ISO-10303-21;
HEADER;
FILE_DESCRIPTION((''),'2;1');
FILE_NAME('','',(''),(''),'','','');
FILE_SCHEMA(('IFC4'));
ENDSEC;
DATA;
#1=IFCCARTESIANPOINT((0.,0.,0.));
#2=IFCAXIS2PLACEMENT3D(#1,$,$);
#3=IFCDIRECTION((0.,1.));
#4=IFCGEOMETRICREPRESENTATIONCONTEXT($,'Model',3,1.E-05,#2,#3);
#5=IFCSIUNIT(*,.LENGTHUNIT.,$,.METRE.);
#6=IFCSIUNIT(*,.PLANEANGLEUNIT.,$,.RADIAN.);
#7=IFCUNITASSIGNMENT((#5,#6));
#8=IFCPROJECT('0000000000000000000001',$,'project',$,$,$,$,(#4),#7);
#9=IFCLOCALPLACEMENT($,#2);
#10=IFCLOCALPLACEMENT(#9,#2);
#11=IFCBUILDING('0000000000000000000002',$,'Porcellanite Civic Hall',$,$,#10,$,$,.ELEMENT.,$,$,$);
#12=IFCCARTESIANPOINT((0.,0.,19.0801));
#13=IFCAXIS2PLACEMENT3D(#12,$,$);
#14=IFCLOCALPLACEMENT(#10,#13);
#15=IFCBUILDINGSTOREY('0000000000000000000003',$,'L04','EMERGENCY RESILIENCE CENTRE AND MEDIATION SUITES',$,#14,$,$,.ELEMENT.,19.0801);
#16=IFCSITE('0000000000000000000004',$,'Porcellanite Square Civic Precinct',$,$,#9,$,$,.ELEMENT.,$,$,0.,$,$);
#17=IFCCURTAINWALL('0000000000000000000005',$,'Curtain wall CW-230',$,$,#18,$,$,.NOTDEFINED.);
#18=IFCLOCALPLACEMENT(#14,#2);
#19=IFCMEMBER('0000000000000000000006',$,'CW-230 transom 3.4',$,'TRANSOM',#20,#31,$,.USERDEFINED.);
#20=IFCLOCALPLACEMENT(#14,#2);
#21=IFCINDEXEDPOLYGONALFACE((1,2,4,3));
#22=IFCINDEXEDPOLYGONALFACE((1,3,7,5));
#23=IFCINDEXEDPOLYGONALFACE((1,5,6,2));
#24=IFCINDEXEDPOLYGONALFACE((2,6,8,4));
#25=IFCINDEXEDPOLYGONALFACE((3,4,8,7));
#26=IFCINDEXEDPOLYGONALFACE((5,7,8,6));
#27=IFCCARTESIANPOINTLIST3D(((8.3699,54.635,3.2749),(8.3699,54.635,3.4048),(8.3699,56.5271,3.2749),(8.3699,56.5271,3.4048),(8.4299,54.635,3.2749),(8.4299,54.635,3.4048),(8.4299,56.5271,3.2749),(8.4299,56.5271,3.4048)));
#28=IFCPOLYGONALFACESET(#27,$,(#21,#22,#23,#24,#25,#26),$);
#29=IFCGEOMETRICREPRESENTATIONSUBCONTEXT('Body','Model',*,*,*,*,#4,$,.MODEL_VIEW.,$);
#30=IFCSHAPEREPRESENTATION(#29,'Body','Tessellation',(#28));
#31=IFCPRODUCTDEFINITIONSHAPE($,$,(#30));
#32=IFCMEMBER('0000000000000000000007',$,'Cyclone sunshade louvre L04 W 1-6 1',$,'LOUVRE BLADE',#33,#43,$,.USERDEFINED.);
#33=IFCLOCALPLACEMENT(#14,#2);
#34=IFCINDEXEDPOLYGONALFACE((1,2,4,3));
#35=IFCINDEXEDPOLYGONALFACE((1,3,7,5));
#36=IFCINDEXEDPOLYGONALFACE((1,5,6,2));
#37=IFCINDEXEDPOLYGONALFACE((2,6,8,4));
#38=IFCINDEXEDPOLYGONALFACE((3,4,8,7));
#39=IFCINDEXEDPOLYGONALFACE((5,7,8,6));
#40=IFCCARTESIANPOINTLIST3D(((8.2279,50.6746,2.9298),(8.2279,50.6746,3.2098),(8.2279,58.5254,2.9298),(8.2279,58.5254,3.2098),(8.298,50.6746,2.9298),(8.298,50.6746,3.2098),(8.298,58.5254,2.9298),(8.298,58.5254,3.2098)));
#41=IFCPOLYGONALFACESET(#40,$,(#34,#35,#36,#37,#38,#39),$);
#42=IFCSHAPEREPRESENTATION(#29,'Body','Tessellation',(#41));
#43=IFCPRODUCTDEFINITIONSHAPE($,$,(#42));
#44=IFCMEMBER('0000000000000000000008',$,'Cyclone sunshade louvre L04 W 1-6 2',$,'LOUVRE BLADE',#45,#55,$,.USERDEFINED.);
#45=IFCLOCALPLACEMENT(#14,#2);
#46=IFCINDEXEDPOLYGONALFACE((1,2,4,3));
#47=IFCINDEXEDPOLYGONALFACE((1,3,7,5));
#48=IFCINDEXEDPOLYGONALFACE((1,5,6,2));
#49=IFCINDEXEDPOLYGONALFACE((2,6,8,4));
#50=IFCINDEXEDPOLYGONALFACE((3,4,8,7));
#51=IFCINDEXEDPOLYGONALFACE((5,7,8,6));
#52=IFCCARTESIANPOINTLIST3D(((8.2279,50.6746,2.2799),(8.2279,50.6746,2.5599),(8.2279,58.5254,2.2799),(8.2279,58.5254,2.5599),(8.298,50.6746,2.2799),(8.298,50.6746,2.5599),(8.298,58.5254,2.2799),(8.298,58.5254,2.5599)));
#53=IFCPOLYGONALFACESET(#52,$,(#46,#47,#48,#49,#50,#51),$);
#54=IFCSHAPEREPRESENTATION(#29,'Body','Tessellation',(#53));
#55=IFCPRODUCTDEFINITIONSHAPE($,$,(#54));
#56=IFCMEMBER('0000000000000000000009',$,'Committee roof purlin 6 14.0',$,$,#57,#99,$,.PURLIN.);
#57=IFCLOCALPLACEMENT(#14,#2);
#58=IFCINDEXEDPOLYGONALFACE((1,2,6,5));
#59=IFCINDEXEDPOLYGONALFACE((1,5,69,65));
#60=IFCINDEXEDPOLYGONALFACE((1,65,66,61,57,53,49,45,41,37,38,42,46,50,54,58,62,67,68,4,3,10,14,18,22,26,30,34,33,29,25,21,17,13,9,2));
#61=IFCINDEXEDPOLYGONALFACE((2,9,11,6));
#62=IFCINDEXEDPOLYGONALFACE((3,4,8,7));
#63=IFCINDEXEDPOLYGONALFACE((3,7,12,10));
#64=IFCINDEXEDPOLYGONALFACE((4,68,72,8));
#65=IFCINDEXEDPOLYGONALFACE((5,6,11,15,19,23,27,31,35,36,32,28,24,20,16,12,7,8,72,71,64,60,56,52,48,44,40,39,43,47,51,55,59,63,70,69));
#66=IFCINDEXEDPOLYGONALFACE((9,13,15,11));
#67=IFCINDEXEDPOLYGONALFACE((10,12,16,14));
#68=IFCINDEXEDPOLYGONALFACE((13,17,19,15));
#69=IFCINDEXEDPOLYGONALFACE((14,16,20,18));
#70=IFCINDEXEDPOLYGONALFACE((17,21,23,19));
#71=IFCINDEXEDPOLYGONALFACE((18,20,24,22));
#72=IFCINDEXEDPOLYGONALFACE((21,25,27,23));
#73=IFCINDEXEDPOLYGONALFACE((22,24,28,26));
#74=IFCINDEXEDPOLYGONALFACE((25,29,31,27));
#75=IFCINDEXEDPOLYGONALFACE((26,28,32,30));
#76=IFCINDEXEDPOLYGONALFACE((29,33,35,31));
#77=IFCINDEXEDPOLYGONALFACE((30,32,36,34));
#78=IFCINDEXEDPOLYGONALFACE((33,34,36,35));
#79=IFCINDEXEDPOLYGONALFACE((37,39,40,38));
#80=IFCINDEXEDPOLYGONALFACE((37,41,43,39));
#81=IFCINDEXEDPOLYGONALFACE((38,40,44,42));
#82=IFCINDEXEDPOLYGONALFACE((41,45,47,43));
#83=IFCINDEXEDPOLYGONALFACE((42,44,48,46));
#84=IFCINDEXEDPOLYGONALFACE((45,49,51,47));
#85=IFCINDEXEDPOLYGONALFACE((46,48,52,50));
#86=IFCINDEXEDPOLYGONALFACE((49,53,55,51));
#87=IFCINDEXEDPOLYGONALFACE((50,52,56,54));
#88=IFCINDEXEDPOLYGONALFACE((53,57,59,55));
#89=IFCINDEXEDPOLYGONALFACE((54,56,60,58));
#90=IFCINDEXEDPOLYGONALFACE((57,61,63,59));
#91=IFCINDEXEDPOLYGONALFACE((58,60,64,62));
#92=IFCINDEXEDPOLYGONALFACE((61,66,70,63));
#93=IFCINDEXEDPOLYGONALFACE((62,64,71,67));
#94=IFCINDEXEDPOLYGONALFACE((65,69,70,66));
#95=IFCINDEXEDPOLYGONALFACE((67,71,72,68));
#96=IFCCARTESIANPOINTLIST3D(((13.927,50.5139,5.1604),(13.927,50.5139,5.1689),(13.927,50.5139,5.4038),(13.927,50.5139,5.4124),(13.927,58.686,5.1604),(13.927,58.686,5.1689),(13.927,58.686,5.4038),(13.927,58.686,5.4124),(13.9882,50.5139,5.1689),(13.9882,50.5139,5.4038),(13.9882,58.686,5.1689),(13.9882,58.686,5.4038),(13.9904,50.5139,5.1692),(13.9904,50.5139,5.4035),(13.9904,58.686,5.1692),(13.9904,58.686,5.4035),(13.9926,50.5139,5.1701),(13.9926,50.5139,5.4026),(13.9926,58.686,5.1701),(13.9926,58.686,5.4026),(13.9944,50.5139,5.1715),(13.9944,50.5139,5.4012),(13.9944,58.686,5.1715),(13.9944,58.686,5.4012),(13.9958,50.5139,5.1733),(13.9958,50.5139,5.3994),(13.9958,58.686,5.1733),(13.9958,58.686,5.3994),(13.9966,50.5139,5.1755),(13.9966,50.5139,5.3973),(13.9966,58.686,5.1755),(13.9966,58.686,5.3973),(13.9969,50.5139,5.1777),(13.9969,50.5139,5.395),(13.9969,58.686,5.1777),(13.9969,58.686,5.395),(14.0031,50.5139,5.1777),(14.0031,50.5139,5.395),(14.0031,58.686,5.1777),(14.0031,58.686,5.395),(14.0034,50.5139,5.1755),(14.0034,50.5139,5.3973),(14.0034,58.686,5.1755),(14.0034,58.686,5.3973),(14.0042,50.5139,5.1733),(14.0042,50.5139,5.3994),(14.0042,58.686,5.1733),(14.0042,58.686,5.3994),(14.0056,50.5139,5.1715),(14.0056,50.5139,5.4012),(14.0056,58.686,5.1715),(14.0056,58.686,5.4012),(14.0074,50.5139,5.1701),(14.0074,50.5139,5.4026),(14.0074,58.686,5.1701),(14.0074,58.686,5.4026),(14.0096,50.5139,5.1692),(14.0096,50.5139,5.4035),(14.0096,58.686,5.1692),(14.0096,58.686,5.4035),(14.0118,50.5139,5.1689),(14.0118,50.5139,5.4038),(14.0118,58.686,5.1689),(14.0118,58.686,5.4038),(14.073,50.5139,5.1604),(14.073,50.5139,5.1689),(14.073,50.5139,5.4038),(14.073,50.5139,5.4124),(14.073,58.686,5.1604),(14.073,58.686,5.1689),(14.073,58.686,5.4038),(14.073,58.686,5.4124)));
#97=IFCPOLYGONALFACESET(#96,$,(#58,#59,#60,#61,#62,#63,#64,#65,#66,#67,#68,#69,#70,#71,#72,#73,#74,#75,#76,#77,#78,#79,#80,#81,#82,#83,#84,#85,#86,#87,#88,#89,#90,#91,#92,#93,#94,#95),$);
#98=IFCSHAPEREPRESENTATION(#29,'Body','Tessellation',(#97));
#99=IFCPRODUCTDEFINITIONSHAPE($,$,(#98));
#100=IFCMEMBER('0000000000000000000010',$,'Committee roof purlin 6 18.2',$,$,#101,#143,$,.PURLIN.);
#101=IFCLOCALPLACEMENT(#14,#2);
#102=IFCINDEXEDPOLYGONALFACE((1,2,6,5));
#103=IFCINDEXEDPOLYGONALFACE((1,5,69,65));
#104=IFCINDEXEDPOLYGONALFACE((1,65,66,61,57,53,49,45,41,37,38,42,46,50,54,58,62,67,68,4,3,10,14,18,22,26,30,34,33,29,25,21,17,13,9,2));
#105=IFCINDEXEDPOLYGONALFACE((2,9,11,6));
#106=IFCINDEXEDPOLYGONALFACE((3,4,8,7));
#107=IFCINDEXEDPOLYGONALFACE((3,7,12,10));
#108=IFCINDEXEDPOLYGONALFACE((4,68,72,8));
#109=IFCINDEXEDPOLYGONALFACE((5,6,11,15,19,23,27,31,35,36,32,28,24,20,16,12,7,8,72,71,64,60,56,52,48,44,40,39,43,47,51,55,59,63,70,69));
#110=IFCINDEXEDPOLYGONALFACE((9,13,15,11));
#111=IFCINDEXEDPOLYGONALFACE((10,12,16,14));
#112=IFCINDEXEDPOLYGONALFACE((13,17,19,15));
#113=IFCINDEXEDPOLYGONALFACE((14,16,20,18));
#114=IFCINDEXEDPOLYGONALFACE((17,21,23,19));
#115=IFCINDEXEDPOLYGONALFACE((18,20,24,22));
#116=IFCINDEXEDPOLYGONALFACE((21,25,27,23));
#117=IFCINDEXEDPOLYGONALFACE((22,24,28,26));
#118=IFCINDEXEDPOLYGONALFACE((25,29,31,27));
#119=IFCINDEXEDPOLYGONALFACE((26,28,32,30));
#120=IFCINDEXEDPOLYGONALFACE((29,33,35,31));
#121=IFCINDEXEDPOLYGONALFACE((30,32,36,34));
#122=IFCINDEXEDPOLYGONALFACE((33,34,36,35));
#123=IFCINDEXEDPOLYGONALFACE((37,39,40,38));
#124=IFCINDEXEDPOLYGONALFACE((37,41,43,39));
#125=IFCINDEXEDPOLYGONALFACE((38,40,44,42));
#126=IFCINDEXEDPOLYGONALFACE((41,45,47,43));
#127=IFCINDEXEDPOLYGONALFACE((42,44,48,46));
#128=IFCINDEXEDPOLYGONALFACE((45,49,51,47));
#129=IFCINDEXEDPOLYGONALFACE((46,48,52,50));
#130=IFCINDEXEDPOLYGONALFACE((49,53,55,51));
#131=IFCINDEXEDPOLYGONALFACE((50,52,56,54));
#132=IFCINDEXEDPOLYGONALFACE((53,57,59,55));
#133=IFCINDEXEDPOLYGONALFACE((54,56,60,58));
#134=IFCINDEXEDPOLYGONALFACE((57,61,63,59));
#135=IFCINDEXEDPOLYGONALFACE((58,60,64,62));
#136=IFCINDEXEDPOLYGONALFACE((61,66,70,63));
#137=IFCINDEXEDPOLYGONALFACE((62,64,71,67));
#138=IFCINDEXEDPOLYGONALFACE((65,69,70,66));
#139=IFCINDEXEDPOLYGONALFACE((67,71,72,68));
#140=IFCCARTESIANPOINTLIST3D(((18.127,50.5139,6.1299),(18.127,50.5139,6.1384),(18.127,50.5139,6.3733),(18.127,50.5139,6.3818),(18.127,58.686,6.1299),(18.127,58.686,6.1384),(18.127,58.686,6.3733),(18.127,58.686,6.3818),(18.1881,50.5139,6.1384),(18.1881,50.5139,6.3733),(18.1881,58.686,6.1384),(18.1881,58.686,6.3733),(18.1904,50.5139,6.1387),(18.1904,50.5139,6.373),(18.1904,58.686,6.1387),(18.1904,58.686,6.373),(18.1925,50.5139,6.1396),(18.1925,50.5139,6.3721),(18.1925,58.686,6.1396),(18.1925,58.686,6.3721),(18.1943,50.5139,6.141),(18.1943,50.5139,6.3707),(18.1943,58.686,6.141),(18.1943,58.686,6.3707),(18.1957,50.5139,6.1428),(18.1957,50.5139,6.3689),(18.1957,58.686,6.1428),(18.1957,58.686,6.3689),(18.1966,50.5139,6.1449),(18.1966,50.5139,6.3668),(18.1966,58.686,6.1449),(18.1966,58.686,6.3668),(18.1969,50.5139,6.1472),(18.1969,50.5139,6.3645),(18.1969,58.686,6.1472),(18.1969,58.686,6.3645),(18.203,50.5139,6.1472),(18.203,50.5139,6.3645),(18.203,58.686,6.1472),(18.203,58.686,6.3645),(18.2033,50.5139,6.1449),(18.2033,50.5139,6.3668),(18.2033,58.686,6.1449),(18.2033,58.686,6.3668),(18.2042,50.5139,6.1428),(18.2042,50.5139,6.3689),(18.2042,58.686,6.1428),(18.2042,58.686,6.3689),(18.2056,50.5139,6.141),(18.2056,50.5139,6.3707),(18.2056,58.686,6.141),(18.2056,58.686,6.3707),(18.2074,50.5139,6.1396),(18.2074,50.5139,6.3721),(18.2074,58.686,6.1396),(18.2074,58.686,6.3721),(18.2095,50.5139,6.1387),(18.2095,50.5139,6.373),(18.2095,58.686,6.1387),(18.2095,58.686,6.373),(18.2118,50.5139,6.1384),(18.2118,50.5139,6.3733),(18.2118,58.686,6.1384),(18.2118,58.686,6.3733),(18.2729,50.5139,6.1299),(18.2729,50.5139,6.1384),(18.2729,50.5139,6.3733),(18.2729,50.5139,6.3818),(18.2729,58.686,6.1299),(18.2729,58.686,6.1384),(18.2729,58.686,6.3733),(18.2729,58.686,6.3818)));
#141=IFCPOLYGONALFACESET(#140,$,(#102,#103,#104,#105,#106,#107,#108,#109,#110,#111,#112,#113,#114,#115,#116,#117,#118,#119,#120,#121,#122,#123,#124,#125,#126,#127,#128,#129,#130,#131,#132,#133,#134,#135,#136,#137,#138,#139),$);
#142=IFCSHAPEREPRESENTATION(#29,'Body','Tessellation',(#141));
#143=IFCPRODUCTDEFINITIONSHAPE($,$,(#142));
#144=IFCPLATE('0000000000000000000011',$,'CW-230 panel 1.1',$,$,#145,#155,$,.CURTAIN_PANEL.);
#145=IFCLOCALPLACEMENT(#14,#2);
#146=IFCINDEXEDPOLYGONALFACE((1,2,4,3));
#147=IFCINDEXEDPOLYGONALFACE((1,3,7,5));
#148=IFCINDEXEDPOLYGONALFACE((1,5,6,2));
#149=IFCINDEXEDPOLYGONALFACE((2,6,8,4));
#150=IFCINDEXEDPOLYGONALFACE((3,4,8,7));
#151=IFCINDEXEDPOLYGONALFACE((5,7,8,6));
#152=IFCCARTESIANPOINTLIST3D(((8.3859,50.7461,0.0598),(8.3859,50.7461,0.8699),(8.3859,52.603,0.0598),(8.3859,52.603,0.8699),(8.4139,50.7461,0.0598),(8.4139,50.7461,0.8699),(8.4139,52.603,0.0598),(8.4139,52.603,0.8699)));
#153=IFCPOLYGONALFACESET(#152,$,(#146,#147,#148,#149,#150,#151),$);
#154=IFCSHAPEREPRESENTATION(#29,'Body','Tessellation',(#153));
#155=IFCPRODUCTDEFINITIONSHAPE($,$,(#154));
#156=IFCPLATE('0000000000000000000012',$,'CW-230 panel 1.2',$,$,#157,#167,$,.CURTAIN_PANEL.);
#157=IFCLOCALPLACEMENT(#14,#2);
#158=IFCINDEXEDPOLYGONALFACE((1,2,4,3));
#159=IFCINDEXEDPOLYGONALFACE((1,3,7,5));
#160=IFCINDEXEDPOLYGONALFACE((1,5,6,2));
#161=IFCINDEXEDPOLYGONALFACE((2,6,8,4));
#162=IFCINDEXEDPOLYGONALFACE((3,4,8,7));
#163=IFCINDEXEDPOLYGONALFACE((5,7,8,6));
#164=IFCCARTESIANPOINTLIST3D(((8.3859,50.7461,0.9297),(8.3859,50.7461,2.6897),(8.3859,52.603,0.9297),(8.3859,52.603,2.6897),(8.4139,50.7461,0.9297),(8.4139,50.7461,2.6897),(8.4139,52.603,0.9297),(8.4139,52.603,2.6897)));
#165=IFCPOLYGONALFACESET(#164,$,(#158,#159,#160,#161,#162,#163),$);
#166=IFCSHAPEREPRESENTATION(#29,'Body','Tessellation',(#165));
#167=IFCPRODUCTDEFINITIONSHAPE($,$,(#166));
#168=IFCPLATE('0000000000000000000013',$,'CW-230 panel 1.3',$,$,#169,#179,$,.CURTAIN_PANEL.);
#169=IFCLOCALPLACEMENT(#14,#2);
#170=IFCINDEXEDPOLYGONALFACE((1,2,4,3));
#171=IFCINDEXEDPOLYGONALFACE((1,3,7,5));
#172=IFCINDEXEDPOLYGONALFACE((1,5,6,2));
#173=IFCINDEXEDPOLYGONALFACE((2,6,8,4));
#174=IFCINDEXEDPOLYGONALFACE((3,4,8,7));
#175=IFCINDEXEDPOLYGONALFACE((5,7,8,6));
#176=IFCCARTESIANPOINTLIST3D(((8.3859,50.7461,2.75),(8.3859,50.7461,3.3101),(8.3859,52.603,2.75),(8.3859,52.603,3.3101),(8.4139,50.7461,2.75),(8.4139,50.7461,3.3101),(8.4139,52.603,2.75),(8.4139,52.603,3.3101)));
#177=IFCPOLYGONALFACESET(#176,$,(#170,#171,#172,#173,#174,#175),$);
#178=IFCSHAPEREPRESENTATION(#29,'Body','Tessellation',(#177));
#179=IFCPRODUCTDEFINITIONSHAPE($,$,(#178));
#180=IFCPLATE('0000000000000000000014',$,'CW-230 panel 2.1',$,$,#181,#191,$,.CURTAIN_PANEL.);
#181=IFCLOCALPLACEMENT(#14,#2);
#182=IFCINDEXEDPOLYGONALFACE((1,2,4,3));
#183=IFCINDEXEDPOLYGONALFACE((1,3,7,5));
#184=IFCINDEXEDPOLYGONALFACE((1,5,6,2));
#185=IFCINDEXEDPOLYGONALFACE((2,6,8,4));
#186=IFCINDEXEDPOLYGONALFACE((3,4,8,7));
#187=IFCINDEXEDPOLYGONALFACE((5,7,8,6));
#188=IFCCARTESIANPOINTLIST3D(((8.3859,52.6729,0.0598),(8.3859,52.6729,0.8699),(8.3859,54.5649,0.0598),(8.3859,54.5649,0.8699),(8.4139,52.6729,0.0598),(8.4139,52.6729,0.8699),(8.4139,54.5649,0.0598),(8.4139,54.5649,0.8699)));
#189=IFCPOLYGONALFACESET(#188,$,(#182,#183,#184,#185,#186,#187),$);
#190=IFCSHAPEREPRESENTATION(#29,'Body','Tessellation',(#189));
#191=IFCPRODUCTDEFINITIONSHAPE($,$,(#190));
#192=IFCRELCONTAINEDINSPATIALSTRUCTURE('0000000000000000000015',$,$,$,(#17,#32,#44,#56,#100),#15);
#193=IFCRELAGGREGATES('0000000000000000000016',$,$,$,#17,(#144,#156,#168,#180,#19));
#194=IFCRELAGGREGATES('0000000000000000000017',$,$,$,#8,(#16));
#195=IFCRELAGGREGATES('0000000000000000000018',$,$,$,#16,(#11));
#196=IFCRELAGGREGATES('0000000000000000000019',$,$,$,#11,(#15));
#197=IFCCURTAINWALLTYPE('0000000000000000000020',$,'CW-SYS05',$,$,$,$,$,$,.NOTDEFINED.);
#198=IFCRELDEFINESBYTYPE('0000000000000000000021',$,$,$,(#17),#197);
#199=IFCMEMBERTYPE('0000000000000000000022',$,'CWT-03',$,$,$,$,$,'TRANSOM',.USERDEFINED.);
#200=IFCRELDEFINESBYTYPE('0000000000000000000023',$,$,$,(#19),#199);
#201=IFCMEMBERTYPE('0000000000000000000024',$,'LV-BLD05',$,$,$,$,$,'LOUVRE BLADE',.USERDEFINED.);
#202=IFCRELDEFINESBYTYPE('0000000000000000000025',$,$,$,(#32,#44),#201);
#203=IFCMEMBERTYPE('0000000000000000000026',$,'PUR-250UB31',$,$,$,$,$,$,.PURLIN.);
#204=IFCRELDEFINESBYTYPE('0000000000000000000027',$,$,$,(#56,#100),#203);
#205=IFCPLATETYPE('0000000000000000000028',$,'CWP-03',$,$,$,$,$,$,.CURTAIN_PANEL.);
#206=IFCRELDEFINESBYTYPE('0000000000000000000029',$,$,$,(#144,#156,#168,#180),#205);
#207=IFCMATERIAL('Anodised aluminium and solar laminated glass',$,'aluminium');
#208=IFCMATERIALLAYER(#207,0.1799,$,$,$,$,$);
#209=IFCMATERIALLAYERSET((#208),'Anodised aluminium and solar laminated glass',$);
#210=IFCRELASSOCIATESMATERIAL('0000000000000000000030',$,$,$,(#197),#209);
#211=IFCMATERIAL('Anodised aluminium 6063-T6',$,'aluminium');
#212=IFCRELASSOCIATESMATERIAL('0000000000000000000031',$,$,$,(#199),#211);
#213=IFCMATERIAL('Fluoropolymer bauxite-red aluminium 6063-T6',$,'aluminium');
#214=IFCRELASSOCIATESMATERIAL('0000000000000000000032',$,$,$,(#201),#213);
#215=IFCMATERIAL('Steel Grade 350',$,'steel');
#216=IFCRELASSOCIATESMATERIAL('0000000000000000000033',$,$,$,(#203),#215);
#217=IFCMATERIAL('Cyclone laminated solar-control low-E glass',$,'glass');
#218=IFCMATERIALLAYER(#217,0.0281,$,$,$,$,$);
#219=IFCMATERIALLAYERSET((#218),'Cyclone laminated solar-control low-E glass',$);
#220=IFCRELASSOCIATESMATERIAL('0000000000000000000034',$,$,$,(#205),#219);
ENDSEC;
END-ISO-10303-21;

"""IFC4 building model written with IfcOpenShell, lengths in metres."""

from ifc_helpers import new_model, si_unit, direction, frame, origin, origin_2d, place, context, subcontext, project, spatial, rectangle, i_section, extrude, material, layer, layer_set, material_profile, profile_set, type_object, element, aggregate, save


model = new_model("IFC4")

# Units and contexts
model_context = context("Model", 3, precision=1e-05, world=origin(), true_north=direction((0.0, 1.0)))
body_context = subcontext(model_context, "Body", "Model", "MODEL_VIEW")
ifc_project = project(units=[si_unit("LENGTHUNIT", "METRE"), si_unit("PLANEANGLEUNIT", "RADIAN")], contexts=[model_context])

# Site, building, storey
site_placement = place(None, origin())
site = spatial("IfcSite", under=ifc_project, at=site_placement, Name="Porcellanite Square Civic Precinct", CompositionType="ELEMENT", RefElevation=0.0)
building_placement = place(site_placement, origin())
building = spatial("IfcBuilding", under=site, at=building_placement, Name="Porcellanite Civic Hall", CompositionType="ELEMENT")
storey_placement = place(building_placement, frame((0.0, 0.0, 19.0801)))
storey = spatial("IfcBuildingStorey", under=building, at=storey_placement, Name="L04", Description="EMERGENCY RESILIENCE CENTRE AND MEDIATION SUITES", CompositionType="ELEMENT", Elevation=19.0801)

# Curtain wall, member
ifc_material_1 = material(Name="Anodised aluminium and solar laminated glass", Category="aluminium")
ifc_layer_1 = layer(ifc_material_1, 0.1799)
ifc_layer_set_1 = layer_set([ifc_layer_1], Name="Anodised aluminium and solar laminated glass")
curtain_wall_type = type_object("IfcCurtainWallType", Name="CW-SYS05", PredefinedType="NOTDEFINED", material=ifc_layer_set_1)
curtain_wall_placement = place(storey_placement, origin())
curtain_wall = element("IfcCurtainWall", 1, at=curtain_wall_placement, inside=storey, type_object=curtain_wall_type, Name="Curtain wall CW-230", PredefinedType="NOTDEFINED")
ifc_material_2 = material(Name="Anodised aluminium 6063-T6", Category="aluminium")
ifc_material_profile_1 = material_profile(ifc_material_2, rectangle(XDim=0.0601, YDim=0.1299, at=origin_2d()), Name="AL-60x130")
ifc_profile_set_1 = profile_set([ifc_material_profile_1], Name="Anodised aluminium 6063-T6")
member_type_1 = type_object("IfcMemberType", Name="CWT-03", ElementType="TRANSOM", PredefinedType="USERDEFINED", material=ifc_profile_set_1)
member_1_placement = place(storey_placement, frame((8.3999, 54.635, 3.3398), z_axis=(0.0, 1.0, 0.0), x_axis=(-1.0, 0.0, 0.0)))
member_1 = element("IfcMember", 2, at=member_1_placement, type_object=member_type_1, Name="CW-230 transom 3.4", ObjectType="TRANSOM", PredefinedType="USERDEFINED", context=body_context, shape_type="SweptSolid", body=[
    extrude(rectangle(XDim=0.0601, YDim=0.1299, at=origin_2d()), origin(), (0.0, 0.0, 1.0), 1.8921),
])

# Members
ifc_material_3 = material(Name="Fluoropolymer bauxite-red aluminium 6063-T6", Category="aluminium")
ifc_material_profile_2 = material_profile(ifc_material_3, rectangle(XDim=0.0701, YDim=0.28, at=origin_2d()), Name="AL-70x280")
ifc_profile_set_2 = profile_set([ifc_material_profile_2], Name="Fluoropolymer bauxite-red aluminium 6063-T6")
member_type_2 = type_object("IfcMemberType", Name="LV-BLD05", ElementType="LOUVRE BLADE", PredefinedType="USERDEFINED", material=ifc_profile_set_2)
for number, where, z_axis, x_axis, name in (
    (3, (8.2629, 50.6746, 3.0698), (0.0, 1.0, 0.0), (-1.0, 0.0, 0.0), "Cyclone sunshade louvre L04 W 1-6 1"),
    (4, (8.2629, 50.6746, 2.4199), (0.0, 1.0, 0.0), (-1.0, 0.0, 0.0), "Cyclone sunshade louvre L04 W 1-6 2"),
):
    element("IfcMember", number, at=place(storey_placement, frame(where, z_axis=z_axis, x_axis=x_axis)), inside=storey, type_object=member_type_2, Name=name, ObjectType="LOUVRE BLADE", PredefinedType="USERDEFINED", context=body_context, shape_type="SweptSolid", body=[
        extrude(rectangle(XDim=0.0701, YDim=0.28, at=origin_2d()), origin(), (0.0, 0.0, 1.0), 7.8508),
    ])
ifc_material_4 = material(Name="Steel Grade 350", Category="steel")
ifc_material_profile_3 = material_profile(ifc_material_4, i_section(OverallWidth=0.146, OverallDepth=0.252, WebThickness=0.0061, FlangeThickness=0.0085, FilletRadius=0.0088, at=origin_2d()), Name="250UB31.4")
ifc_profile_set_3 = profile_set([ifc_material_profile_3], Name="Steel Grade 350")
member_type_3 = type_object("IfcMemberType", Name="PUR-250UB31", PredefinedType="PURLIN", material=ifc_profile_set_3)
for number, where, z_axis, x_axis, name in (
    (5, (14.0, 50.5139, 5.2864), (0.0, 1.0, 0.0), (-1.0, 0.0, 0.0), "Committee roof purlin 6 14.0"),
    (6, (18.2, 50.5139, 6.2559), (0.0, 1.0, 0.0), (-1.0, 0.0, 0.0), "Committee roof purlin 6 18.2"),
):
    element("IfcMember", number, at=place(storey_placement, frame(where, z_axis=z_axis, x_axis=x_axis)), inside=storey, type_object=member_type_3, Name=name, PredefinedType="PURLIN", context=body_context, shape_type="SweptSolid", body=[
        extrude(i_section(OverallWidth=0.146, OverallDepth=0.252, WebThickness=0.0061, FlangeThickness=0.0085, FilletRadius=0.0088, at=origin_2d()), origin(), (0.0, 0.0, 1.0), 8.1721),
    ])

# Plates
ifc_material_5 = material(Name="Cyclone laminated solar-control low-E glass", Category="glass")
ifc_layer_2 = layer(ifc_material_5, 0.0281)
ifc_layer_set_2 = layer_set([ifc_layer_2], Name="Cyclone laminated solar-control low-E glass")
plate_type = type_object("IfcPlateType", Name="CWP-03", PredefinedType="CURTAIN_PANEL", material=ifc_layer_set_2)
plate_1_placement = place(storey_placement, frame((8.3999, 51.6746, 0.0598), z_axis=(0.0, 0.0, 1.0), x_axis=(0.0, 1.0, 0.0)))
plate_1 = element("IfcPlate", 7, at=plate_1_placement, type_object=plate_type, Name="CW-230 panel 1.1", PredefinedType="CURTAIN_PANEL", context=body_context, shape_type="SweptSolid", body=[
    extrude(rectangle(XDim=1.8569, YDim=0.0281, at=origin_2d()), origin(), (0.0, 0.0, 1.0), 0.8101),
])
plate_2_placement = place(storey_placement, frame((8.3999, 51.6746, 0.9297), z_axis=(0.0, 0.0, 1.0), x_axis=(0.0, 1.0, 0.0)))
plate_2 = element("IfcPlate", 8, at=plate_2_placement, type_object=plate_type, Name="CW-230 panel 1.2", PredefinedType="CURTAIN_PANEL", context=body_context, shape_type="SweptSolid", body=[
    extrude(rectangle(XDim=1.8569, YDim=0.0281, at=origin_2d()), origin(), (0.0, 0.0, 1.0), 1.76),
])
plate_3_placement = place(storey_placement, frame((8.3999, 51.6746, 2.75), z_axis=(0.0, 0.0, 1.0), x_axis=(0.0, 1.0, 0.0)))
plate_3 = element("IfcPlate", 9, at=plate_3_placement, type_object=plate_type, Name="CW-230 panel 1.3", PredefinedType="CURTAIN_PANEL", context=body_context, shape_type="SweptSolid", body=[
    extrude(rectangle(XDim=1.8569, YDim=0.0281, at=origin_2d()), origin(), (0.0, 0.0, 1.0), 0.5601),
])
plate_4_placement = place(storey_placement, frame((8.3999, 53.6189, 0.0598), z_axis=(0.0, 0.0, 1.0), x_axis=(0.0, 1.0, 0.0)))
plate_4 = element("IfcPlate", 10, at=plate_4_placement, type_object=plate_type, Name="CW-230 panel 2.1", PredefinedType="CURTAIN_PANEL", context=body_context, shape_type="SweptSolid", body=[
    extrude(rectangle(XDim=1.8921, YDim=0.0281, at=origin_2d()), origin(), (0.0, 0.0, 1.0), 0.8101),
])
aggregate(curtain_wall, [plate_1, plate_2, plate_3, plate_4, member_1])

save(model, "model.ifc")
